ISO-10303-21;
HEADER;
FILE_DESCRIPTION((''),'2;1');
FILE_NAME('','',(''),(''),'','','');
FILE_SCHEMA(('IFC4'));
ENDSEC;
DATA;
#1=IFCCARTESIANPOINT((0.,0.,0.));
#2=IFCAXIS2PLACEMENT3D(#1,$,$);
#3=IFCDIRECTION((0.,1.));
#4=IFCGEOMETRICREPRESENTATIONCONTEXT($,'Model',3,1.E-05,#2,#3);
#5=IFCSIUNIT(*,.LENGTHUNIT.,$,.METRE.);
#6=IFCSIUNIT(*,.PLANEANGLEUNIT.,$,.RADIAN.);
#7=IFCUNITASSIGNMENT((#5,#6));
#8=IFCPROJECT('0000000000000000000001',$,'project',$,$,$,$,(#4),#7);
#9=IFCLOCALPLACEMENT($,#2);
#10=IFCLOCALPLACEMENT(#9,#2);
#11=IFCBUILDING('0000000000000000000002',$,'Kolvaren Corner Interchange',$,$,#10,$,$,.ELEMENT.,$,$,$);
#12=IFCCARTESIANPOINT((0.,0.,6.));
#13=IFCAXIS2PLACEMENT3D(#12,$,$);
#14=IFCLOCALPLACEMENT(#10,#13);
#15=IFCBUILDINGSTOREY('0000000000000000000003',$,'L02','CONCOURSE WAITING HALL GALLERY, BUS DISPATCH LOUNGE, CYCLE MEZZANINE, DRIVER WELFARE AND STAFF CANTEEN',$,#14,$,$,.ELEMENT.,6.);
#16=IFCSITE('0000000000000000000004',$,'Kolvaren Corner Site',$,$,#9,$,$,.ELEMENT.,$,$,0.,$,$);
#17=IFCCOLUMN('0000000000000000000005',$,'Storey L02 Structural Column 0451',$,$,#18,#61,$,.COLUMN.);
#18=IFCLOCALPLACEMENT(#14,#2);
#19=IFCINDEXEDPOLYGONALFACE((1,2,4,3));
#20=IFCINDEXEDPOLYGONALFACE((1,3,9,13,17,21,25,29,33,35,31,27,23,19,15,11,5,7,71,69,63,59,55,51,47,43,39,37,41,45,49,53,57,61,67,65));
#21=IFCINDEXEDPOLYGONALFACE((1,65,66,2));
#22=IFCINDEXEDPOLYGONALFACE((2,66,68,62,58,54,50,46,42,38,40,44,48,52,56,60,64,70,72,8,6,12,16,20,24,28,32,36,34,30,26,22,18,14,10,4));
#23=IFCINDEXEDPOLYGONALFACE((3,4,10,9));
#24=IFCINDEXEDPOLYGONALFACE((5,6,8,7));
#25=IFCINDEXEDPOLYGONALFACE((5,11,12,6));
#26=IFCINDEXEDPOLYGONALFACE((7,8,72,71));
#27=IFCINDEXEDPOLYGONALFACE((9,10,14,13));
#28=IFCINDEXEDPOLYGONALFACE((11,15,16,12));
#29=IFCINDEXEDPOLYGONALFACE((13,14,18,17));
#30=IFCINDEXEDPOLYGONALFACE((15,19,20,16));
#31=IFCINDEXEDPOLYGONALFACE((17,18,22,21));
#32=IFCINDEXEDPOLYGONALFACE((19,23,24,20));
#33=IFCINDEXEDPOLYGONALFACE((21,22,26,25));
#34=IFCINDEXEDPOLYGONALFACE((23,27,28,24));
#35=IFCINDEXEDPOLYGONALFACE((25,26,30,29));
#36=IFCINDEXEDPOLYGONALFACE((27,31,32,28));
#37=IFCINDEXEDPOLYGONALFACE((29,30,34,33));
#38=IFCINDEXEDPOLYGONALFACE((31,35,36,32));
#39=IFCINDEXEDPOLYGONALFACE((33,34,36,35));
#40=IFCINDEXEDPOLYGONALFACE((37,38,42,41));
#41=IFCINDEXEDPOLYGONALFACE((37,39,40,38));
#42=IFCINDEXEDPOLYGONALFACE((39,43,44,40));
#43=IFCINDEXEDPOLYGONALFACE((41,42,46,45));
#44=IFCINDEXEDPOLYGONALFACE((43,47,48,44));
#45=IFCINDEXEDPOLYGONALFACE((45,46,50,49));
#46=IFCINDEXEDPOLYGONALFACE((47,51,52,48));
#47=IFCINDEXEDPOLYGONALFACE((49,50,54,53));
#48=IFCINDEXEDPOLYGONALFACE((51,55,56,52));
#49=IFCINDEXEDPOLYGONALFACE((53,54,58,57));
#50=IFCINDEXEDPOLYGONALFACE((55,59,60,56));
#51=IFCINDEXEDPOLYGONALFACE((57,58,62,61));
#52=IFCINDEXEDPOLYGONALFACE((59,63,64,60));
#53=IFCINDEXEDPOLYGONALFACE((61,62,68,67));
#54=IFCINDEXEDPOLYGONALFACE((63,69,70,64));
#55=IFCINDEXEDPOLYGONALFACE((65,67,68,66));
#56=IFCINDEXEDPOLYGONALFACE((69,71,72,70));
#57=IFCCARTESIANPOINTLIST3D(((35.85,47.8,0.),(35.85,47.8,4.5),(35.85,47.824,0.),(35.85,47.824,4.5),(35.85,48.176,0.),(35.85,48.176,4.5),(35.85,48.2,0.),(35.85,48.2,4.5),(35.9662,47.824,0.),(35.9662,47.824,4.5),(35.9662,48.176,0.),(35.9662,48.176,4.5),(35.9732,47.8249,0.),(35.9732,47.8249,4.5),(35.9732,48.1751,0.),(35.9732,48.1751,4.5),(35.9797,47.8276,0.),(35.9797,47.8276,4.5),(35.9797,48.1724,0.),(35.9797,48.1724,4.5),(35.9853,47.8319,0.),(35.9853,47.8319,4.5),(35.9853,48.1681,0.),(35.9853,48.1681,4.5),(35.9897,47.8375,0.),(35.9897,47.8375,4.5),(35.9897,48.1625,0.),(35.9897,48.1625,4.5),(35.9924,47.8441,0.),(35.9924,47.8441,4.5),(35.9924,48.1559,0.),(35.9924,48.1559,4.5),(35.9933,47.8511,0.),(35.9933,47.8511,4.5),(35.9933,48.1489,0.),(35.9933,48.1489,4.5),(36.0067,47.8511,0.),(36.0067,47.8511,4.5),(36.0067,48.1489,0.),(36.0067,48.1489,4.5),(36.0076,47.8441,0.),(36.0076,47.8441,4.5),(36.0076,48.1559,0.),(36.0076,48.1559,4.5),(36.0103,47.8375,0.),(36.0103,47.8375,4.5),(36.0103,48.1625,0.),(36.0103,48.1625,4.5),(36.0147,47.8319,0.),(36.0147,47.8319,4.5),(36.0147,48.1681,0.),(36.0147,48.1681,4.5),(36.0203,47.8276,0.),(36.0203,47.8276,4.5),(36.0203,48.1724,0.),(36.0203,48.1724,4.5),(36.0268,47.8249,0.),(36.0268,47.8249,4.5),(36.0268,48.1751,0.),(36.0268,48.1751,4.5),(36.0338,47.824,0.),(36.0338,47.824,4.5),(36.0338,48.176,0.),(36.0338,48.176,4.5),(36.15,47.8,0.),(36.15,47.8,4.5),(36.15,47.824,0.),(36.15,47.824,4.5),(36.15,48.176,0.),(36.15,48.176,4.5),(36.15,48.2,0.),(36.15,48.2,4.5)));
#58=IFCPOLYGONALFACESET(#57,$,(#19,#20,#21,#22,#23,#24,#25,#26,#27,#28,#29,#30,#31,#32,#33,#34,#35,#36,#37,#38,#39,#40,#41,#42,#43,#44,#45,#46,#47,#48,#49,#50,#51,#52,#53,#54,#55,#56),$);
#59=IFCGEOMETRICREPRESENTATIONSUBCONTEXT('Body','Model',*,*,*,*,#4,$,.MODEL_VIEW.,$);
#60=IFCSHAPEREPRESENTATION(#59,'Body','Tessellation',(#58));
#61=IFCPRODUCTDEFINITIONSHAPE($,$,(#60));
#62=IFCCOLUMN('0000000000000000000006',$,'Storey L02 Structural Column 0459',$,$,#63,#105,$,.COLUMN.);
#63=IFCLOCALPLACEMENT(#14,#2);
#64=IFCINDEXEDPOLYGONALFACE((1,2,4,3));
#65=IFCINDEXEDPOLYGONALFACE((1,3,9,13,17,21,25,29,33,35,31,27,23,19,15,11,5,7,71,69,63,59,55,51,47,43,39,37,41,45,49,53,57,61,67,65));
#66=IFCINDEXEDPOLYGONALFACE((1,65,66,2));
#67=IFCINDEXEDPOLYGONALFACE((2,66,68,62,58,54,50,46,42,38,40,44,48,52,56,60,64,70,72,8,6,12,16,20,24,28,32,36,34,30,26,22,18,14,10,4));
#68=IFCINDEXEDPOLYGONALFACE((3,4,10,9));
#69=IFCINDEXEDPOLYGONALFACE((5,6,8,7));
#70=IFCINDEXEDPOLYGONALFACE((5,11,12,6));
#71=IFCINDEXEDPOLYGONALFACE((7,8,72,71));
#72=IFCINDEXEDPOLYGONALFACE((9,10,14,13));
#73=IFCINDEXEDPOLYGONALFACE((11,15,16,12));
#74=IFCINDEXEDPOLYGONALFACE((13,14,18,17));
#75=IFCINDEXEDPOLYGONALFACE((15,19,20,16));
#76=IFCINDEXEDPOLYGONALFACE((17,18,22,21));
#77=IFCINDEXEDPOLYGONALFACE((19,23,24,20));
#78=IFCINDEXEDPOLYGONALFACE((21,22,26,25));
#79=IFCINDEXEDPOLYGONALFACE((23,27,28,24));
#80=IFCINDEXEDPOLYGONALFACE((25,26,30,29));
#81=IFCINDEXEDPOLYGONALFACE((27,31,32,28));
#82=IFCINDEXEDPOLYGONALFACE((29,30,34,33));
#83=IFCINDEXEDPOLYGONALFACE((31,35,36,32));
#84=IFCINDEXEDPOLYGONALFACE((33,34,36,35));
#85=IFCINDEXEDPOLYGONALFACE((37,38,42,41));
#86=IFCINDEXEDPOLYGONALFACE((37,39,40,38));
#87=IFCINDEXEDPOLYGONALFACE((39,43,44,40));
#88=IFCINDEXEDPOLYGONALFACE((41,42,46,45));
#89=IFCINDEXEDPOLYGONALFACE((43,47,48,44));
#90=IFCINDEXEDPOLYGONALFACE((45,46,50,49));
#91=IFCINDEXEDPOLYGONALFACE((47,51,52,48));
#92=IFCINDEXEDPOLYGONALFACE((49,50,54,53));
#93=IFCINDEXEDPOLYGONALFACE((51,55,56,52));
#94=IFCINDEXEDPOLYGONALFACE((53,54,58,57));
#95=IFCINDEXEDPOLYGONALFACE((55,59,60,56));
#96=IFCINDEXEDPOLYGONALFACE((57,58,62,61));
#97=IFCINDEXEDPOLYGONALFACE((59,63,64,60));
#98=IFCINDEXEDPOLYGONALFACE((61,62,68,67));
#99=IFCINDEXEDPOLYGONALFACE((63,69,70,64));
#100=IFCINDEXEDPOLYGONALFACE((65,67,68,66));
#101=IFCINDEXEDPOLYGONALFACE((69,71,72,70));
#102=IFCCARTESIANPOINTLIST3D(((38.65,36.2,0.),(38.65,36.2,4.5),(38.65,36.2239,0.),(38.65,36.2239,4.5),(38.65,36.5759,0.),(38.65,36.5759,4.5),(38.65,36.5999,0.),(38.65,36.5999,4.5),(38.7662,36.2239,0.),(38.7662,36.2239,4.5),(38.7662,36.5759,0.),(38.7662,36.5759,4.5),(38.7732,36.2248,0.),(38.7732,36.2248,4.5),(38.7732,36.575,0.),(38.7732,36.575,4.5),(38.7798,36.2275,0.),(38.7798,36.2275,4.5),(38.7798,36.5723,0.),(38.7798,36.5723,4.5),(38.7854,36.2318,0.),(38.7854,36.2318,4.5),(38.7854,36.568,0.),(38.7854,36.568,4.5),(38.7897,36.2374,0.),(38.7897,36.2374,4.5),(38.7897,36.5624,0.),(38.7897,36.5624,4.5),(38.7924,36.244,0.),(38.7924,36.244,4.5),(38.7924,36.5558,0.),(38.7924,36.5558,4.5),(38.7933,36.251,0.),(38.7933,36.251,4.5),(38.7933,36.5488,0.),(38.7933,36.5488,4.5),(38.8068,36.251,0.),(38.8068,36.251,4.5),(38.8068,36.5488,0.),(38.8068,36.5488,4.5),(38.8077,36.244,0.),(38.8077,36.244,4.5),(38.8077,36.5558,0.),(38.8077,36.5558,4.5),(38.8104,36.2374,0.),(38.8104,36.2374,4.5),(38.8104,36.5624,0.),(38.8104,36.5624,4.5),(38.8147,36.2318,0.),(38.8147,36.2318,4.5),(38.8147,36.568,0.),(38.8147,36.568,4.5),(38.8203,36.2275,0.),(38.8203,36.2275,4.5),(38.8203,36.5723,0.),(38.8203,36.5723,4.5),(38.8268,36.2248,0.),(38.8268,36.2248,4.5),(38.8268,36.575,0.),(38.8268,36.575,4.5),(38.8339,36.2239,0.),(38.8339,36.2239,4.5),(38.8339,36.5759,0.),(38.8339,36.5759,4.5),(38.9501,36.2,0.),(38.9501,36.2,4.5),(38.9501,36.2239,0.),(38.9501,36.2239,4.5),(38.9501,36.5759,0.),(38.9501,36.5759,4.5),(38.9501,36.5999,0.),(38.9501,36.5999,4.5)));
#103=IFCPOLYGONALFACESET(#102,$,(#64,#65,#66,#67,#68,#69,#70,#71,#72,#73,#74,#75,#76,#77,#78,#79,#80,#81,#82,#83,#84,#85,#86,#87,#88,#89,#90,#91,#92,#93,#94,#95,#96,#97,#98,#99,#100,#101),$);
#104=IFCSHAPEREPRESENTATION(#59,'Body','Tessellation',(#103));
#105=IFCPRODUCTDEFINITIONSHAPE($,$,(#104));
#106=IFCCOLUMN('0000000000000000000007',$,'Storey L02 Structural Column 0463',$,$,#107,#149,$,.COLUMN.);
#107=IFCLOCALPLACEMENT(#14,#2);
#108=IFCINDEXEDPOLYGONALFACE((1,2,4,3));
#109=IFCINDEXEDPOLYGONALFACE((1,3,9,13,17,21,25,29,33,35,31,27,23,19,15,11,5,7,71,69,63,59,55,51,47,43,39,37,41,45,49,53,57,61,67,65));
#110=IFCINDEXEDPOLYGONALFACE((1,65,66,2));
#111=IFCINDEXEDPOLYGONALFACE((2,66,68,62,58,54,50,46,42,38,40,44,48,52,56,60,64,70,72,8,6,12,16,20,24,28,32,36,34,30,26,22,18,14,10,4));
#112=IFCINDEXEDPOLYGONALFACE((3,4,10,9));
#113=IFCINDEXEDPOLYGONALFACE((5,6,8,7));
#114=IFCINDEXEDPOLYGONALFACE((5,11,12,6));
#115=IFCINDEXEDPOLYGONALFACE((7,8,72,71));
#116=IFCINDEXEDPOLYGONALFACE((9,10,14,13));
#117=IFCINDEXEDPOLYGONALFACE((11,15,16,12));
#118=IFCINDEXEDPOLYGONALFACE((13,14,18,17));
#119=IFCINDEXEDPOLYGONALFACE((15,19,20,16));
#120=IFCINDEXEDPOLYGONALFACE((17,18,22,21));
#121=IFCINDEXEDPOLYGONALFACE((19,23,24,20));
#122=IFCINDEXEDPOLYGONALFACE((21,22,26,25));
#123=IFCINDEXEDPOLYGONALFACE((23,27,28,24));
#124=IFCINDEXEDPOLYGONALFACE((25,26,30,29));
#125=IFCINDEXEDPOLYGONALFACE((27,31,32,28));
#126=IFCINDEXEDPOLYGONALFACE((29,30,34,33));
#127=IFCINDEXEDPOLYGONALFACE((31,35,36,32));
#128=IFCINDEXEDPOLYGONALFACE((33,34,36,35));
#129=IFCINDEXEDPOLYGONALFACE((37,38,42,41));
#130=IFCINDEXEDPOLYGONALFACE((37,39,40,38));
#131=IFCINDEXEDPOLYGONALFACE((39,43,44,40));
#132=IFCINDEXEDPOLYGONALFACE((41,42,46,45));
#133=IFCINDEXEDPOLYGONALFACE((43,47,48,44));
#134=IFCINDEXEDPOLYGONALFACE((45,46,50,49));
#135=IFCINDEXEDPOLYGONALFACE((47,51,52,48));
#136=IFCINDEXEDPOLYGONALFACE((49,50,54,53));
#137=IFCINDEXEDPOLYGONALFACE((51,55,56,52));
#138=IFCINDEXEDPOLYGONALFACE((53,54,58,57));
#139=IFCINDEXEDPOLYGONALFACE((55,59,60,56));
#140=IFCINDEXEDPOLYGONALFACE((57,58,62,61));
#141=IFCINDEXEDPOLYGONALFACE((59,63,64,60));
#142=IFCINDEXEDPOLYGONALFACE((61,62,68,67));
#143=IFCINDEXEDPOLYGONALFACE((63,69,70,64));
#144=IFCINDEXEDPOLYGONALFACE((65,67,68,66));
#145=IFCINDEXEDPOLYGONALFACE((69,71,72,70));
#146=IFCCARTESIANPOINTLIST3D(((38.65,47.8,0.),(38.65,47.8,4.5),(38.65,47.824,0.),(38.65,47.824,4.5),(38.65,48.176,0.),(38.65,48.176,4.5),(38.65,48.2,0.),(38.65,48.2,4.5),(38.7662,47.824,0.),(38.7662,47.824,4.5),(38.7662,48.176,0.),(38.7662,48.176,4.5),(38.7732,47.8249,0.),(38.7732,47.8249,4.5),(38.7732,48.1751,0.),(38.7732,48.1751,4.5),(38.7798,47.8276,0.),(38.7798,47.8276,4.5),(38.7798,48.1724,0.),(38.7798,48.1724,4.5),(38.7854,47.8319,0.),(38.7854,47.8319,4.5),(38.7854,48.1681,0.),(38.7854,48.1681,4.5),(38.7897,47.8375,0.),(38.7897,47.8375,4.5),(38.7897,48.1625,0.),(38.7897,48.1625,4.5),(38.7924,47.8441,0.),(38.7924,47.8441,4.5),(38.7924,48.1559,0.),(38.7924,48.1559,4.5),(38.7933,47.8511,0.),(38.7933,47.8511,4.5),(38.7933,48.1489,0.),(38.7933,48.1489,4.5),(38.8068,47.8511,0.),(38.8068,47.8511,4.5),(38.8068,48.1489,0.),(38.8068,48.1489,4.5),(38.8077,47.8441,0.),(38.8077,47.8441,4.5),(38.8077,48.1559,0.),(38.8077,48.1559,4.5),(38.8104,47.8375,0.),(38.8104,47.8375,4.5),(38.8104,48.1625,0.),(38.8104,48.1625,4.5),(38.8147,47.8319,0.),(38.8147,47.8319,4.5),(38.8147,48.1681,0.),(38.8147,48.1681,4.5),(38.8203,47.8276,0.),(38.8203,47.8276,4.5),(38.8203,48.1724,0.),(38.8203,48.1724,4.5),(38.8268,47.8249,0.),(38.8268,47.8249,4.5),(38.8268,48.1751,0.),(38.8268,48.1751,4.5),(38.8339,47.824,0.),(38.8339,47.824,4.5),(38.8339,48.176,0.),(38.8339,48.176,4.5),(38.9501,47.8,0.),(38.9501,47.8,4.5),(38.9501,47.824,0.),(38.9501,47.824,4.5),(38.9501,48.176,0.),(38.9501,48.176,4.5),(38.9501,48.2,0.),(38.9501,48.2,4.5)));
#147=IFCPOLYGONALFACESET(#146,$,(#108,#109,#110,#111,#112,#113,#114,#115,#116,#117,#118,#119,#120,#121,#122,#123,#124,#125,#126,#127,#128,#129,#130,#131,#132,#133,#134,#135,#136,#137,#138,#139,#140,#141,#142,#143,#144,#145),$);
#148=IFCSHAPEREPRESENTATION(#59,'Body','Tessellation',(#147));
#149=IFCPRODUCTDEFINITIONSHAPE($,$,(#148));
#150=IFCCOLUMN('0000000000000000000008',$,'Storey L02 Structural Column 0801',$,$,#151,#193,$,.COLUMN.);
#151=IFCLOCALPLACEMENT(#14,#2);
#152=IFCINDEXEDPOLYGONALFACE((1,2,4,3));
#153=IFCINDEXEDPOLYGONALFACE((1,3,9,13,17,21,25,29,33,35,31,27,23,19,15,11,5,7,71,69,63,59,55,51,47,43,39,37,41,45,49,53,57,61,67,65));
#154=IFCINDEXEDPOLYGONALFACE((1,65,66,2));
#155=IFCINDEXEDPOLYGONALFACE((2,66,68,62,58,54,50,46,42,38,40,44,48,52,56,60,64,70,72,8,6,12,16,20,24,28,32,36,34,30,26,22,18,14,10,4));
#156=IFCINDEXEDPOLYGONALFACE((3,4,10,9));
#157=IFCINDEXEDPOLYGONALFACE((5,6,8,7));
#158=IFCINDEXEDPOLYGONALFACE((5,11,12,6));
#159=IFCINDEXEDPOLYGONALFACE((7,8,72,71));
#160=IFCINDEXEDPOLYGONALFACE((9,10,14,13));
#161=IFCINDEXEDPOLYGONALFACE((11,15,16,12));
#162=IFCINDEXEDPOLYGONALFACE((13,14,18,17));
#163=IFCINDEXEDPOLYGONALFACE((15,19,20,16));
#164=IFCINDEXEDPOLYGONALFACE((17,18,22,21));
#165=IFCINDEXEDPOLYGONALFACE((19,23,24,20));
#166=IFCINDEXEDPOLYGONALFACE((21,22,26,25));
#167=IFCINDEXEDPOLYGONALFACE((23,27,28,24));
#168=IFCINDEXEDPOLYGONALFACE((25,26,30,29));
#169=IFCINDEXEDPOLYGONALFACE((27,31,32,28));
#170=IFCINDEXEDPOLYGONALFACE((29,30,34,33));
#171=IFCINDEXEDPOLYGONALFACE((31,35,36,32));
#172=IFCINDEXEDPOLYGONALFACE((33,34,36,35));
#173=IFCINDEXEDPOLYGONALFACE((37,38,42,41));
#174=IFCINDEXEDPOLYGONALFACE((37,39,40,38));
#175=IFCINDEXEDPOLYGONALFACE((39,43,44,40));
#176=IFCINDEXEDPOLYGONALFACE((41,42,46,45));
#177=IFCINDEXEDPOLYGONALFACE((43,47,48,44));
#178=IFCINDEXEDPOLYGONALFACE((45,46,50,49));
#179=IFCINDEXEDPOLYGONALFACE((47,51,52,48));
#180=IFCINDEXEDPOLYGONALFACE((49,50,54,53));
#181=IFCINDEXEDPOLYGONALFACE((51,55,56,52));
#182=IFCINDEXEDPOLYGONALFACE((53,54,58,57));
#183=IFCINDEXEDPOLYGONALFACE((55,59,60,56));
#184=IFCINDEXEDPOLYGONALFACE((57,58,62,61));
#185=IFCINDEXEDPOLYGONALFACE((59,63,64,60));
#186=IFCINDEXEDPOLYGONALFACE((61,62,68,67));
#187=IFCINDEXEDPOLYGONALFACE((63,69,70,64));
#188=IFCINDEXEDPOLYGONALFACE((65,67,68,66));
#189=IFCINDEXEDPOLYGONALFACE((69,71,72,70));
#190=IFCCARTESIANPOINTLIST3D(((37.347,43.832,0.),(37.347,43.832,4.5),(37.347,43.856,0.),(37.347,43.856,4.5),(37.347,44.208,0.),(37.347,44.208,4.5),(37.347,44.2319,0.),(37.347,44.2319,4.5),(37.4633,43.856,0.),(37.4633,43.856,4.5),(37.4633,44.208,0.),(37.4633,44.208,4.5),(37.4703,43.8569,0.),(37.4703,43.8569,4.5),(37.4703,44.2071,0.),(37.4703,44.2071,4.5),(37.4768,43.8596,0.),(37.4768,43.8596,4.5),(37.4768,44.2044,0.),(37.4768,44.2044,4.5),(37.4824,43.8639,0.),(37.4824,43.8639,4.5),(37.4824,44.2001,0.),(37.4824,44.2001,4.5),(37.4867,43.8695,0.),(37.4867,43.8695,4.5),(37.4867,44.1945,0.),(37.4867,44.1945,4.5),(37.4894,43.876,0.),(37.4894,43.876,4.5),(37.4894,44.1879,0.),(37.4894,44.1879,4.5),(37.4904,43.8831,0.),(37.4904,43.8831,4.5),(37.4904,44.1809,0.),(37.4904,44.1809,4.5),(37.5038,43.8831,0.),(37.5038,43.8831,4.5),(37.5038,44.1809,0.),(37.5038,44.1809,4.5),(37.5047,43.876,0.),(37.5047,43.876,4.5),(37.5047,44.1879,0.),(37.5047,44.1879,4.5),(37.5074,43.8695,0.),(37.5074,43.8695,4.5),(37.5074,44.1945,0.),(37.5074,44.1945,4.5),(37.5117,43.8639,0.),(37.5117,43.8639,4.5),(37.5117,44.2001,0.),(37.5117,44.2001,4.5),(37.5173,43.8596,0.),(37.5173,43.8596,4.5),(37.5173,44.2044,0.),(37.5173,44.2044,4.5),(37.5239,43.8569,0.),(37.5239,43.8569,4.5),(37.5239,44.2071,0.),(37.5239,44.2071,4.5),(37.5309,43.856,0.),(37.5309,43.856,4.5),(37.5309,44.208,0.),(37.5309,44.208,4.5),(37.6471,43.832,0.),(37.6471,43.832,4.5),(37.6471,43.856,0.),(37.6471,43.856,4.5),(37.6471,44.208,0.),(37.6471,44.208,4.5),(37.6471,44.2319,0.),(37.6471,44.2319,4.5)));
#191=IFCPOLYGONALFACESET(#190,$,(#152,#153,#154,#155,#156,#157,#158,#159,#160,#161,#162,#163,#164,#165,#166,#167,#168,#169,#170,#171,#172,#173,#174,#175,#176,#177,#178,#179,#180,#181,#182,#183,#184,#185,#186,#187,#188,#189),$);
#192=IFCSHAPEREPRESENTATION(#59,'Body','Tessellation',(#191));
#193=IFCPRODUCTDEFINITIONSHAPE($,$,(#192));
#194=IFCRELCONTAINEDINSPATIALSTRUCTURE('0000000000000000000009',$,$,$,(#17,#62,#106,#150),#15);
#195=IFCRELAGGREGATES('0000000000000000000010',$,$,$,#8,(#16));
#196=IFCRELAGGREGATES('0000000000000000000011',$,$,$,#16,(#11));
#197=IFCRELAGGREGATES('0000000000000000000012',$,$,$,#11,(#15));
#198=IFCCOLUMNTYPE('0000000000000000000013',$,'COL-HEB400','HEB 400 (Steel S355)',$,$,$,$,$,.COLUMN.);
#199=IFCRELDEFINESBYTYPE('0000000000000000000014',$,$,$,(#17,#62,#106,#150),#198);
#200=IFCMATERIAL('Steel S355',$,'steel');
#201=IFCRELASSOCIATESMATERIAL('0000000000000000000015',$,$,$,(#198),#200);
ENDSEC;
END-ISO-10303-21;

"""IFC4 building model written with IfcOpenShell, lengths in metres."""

from ifc_helpers import new_model, si_unit, direction, frame, origin, origin_2d, place, context, subcontext, project, spatial, i_section, extrude, material, material_profile, profile_set, type_object, element, save


model = new_model("IFC4")

# Units and contexts
model_context = context("Model", 3, precision=1e-05, world=origin(), true_north=direction((0.0, 1.0)))
body_context = subcontext(model_context, "Body", "Model", "MODEL_VIEW")
ifc_project = project(units=[si_unit("LENGTHUNIT", "METRE"), si_unit("PLANEANGLEUNIT", "RADIAN")], contexts=[model_context])

# Site, building, storey
site_placement = place(None, origin())
site = spatial("IfcSite", under=ifc_project, at=site_placement, Name="Kolvaren Corner Site", CompositionType="ELEMENT", RefElevation=0.0)
building_placement = place(site_placement, origin())
building = spatial("IfcBuilding", under=site, at=building_placement, Name="Kolvaren Corner Interchange", CompositionType="ELEMENT")
storey_placement = place(building_placement, frame((0.0, 0.0, 6.0)))
storey = spatial("IfcBuildingStorey", under=building, at=storey_placement, Name="L02", Description="CONCOURSE WAITING HALL GALLERY, BUS DISPATCH LOUNGE, CYCLE MEZZANINE, DRIVER WELFARE AND STAFF CANTEEN", CompositionType="ELEMENT", Elevation=6.0)

# Columns
ifc_material_1 = material(Name="Steel S355", Category="steel")
ifc_material_profile_1 = material_profile(ifc_material_1, i_section(OverallWidth=0.3, OverallDepth=0.3999, WebThickness=0.0134, FlangeThickness=0.0239, FilletRadius=0.0271, at=origin_2d()), Name="HEB 400")
ifc_profile_set_1 = profile_set([ifc_material_profile_1], Name="Steel S355")
column_type_1 = type_object("IfcColumnType", Name="COL-HEB400", Description="HEB 400 (Steel S355)", PredefinedType="COLUMN", material=ifc_profile_set_1)
for number, where, z_axis, x_axis, name in (
    (1, (36.0, 48.0, 0.0), (0.0, 0.0, 1.0), (1.0, 0.0, 0.0), "Storey L02 Structural Column 0451"),
    (2, (38.8, 36.3999, 0.0), (0.0, 0.0, 1.0), (1.0, 0.0, 0.0), "Storey L02 Structural Column 0459"),
    (3, (38.8, 48.0, 0.0), (0.0, 0.0, 1.0), (1.0, 0.0, 0.0), "Storey L02 Structural Column 0463"),
    (4, (37.4971, 44.032, 0.0), (0.0, 0.0, 1.0), (1.0, 0.0, 0.0), "Storey L02 Structural Column 0801"),
):
    element("IfcColumn", number, at=place(storey_placement, frame(where, z_axis=z_axis, x_axis=x_axis)), inside=storey, type_object=column_type_1, Name=name, PredefinedType="COLUMN", context=body_context, shape_type="SweptSolid", body=[
        extrude(i_section(OverallWidth=0.3, OverallDepth=0.3999, WebThickness=0.0134, FlangeThickness=0.0239, FilletRadius=0.0271, at=origin_2d()), origin(), (0.0, 0.0, 1.0), 4.5),
    ])

save(model, "model.ifc")
